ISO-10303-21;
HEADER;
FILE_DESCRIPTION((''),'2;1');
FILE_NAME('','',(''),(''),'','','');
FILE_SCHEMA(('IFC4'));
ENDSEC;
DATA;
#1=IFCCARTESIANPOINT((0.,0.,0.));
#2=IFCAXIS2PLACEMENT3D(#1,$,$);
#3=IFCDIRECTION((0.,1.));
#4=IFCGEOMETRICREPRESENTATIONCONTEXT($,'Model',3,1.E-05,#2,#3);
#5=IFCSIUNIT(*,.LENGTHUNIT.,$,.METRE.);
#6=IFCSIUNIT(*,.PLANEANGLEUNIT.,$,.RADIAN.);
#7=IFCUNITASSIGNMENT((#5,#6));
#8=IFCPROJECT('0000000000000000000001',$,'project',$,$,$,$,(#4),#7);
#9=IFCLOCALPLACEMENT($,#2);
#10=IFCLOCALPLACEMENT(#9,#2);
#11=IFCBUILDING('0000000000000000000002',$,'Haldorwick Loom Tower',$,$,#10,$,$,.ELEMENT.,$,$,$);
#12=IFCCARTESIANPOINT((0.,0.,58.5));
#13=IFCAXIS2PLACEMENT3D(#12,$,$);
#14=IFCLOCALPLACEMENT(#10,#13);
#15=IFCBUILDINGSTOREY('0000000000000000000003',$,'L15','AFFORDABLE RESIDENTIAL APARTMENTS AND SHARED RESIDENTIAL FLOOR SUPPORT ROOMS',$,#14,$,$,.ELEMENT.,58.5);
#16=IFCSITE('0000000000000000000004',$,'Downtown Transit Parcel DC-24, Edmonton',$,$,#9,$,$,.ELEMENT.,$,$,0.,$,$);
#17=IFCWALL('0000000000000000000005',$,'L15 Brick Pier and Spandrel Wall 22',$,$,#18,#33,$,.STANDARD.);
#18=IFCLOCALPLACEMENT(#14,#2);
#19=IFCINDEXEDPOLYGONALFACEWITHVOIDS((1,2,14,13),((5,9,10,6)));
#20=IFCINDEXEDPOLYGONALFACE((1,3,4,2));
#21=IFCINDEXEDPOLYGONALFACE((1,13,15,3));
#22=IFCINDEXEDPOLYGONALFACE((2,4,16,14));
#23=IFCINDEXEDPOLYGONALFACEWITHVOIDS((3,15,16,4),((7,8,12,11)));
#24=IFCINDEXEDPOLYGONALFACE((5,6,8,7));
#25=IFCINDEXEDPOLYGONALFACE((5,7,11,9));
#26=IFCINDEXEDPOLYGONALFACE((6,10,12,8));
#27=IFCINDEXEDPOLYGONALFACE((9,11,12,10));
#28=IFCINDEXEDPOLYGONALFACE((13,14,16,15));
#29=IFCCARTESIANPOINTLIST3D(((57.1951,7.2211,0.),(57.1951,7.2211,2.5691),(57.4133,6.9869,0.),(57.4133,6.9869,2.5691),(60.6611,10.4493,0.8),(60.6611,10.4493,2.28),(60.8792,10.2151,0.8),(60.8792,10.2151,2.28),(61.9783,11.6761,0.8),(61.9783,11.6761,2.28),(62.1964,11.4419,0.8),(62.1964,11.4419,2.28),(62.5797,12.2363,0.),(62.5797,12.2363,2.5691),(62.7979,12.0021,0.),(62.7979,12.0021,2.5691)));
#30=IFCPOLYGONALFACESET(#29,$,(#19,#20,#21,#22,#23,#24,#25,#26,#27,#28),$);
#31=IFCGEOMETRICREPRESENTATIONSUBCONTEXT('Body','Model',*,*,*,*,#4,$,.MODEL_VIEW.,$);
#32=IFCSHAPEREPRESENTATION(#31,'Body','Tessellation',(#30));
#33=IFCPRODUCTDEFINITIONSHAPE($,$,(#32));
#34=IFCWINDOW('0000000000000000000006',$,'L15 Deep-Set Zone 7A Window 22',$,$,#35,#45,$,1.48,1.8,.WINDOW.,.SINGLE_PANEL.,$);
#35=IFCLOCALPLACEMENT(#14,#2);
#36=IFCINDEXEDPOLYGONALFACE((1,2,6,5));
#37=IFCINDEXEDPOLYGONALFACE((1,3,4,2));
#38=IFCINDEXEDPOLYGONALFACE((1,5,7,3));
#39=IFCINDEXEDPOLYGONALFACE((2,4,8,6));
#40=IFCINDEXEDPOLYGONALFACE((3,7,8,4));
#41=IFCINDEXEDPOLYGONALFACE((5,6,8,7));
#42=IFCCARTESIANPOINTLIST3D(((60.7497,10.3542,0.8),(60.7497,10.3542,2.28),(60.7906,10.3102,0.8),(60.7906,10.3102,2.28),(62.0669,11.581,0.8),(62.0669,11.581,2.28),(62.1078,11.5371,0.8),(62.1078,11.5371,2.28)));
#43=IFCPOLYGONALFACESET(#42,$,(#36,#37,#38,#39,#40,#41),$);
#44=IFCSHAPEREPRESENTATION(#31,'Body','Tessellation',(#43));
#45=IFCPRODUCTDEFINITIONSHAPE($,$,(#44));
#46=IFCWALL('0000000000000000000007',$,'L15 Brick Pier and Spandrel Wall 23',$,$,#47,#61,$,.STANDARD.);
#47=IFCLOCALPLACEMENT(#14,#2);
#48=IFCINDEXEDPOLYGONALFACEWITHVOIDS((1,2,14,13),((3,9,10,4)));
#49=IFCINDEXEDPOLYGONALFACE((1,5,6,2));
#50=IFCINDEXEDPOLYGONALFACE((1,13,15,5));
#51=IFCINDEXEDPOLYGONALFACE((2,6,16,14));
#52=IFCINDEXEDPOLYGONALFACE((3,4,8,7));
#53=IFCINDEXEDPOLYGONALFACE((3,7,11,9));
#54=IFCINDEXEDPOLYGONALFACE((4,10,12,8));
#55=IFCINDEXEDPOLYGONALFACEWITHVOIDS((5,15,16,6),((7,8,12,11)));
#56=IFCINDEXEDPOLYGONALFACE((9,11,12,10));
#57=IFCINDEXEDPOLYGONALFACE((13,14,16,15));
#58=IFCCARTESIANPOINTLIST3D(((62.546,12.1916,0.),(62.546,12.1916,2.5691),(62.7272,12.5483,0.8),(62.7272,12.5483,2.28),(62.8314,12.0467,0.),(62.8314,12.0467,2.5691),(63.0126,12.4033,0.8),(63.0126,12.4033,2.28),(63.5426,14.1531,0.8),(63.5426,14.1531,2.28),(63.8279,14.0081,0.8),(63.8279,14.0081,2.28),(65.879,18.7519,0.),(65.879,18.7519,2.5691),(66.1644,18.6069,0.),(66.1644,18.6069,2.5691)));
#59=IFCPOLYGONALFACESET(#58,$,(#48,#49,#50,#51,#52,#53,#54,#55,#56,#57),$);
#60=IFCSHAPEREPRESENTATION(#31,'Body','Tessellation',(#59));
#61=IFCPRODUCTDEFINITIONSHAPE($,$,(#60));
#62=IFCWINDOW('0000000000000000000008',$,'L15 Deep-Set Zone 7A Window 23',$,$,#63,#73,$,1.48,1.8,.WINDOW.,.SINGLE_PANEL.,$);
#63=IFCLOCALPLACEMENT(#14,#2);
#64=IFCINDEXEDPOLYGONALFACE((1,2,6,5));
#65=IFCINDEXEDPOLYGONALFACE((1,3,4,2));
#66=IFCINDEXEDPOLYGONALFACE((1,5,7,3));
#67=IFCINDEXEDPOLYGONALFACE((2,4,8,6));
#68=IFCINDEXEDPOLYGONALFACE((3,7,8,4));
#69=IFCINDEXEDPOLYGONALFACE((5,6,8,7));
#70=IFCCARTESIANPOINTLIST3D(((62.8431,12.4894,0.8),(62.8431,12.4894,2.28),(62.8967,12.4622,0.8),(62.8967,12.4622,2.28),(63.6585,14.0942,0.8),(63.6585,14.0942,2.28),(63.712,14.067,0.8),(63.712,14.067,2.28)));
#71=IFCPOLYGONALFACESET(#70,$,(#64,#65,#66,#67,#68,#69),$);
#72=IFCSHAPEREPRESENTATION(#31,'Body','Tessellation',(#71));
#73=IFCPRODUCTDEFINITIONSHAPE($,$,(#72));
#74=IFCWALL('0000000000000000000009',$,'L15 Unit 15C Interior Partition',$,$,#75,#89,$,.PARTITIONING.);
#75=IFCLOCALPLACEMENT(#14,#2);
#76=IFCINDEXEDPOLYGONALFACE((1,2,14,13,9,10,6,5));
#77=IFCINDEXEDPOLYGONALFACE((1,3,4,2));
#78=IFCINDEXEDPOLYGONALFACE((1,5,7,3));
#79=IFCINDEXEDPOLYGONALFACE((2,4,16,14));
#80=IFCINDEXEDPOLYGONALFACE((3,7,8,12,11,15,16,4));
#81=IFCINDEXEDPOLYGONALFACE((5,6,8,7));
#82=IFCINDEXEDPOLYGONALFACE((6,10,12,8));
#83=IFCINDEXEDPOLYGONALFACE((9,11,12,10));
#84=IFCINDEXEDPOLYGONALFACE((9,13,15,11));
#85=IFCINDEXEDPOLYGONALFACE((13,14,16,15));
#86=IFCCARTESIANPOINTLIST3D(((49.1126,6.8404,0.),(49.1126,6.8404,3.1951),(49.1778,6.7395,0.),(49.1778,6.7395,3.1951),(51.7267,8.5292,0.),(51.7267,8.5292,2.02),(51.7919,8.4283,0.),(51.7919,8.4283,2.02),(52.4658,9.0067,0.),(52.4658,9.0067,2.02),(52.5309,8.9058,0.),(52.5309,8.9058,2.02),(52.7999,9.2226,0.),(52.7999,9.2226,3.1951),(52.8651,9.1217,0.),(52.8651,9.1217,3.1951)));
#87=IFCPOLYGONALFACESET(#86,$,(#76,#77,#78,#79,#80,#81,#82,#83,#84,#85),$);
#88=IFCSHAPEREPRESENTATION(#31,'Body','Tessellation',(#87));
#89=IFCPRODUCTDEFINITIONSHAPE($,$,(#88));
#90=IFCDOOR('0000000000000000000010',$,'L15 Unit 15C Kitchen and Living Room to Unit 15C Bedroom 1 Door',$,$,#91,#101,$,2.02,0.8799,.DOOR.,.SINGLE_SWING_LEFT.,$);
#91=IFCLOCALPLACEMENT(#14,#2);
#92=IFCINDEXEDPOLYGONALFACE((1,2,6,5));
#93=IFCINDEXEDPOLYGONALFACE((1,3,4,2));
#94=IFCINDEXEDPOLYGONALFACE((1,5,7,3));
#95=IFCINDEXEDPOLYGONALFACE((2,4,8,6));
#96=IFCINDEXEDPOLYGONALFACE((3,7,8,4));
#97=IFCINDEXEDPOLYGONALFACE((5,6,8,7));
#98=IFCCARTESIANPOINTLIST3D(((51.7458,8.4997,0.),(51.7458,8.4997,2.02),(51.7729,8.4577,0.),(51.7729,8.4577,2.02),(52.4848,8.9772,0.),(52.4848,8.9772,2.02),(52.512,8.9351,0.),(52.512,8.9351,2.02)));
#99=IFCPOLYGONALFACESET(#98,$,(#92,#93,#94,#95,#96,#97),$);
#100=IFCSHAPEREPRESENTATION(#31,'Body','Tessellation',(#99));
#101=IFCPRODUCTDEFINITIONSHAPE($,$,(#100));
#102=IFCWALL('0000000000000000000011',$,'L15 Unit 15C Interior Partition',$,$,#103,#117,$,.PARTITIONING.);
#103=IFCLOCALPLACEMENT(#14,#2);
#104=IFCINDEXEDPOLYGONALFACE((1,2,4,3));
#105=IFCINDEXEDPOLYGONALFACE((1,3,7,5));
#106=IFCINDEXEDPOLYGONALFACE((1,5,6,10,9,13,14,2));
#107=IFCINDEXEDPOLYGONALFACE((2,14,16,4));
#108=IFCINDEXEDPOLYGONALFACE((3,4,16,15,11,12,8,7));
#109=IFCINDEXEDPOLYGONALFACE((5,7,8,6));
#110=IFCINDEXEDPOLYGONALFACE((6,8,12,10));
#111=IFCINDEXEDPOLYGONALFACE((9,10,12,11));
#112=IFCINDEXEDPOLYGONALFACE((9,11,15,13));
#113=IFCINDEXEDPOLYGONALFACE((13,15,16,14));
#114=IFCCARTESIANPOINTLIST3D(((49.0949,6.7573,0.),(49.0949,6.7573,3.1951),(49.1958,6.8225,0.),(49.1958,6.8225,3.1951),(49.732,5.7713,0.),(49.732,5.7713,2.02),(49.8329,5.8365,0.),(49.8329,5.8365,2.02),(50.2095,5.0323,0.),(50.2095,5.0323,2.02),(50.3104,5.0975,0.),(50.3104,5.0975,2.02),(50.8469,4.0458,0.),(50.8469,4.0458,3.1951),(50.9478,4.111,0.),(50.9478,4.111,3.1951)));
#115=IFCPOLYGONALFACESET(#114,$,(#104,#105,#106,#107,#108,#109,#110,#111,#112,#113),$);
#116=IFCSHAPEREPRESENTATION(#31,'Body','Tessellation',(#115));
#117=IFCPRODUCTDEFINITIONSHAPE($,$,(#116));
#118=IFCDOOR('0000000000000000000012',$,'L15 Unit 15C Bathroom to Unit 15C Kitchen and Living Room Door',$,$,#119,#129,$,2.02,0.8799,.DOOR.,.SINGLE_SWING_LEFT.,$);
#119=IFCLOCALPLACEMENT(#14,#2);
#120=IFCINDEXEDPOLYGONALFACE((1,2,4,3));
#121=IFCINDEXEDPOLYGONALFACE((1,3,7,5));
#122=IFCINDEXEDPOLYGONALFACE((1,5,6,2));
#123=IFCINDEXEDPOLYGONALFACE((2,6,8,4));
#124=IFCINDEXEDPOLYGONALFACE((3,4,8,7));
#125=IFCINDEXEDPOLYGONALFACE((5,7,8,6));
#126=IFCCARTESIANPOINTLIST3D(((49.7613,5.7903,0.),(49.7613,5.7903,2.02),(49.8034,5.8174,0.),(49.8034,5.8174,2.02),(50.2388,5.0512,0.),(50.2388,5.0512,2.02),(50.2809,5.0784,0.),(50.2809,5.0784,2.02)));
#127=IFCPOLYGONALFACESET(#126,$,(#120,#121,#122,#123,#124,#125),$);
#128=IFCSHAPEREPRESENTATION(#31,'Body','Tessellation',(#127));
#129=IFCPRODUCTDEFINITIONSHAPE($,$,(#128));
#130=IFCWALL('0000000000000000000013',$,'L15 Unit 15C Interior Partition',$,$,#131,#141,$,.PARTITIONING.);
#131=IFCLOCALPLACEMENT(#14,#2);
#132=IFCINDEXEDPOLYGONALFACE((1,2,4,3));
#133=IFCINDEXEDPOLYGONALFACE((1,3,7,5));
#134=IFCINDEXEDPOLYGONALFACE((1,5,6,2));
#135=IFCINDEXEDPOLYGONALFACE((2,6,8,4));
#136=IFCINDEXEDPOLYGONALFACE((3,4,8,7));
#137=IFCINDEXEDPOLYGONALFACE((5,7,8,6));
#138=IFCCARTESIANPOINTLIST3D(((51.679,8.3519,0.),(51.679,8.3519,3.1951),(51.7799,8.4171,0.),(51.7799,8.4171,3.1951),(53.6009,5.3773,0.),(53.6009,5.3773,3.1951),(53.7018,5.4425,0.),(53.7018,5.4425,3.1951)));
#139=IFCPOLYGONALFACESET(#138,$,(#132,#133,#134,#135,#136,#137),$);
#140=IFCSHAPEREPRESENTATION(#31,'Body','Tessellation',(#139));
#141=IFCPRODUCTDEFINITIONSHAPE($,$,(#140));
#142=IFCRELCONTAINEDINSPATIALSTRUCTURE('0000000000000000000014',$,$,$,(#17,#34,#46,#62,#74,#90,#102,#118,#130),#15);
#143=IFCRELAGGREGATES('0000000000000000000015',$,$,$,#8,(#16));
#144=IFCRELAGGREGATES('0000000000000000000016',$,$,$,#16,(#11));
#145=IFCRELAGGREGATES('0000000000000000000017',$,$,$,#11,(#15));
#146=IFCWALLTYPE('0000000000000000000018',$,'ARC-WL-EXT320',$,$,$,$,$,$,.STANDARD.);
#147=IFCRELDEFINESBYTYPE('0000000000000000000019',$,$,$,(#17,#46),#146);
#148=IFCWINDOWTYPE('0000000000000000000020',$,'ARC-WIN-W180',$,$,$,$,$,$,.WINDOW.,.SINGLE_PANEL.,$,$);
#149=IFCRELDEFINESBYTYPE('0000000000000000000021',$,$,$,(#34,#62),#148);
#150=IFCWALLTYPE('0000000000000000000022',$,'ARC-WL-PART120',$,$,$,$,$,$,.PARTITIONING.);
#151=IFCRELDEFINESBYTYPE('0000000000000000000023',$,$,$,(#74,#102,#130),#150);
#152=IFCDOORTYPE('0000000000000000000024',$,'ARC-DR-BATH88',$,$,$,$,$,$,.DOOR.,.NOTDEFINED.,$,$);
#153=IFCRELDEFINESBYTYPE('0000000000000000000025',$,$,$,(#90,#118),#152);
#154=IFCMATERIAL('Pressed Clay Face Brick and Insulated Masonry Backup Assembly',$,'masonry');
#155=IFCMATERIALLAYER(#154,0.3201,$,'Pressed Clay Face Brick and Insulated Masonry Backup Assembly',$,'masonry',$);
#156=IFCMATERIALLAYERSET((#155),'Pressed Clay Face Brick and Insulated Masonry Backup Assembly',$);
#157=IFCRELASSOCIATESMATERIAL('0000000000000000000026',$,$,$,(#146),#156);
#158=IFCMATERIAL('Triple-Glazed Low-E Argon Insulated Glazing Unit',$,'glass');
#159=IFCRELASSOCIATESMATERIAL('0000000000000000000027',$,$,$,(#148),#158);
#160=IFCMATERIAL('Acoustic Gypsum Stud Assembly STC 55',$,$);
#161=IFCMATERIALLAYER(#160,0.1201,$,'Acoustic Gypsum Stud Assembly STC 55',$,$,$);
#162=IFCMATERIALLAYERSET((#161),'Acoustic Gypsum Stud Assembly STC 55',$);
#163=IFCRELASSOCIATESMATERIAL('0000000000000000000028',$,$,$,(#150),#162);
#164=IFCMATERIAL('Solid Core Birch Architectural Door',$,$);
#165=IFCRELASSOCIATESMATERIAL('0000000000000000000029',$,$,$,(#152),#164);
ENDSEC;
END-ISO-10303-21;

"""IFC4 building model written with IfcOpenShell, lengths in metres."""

from ifc_helpers import new_model, si_unit, direction, frame, frame_2d, origin, place, context, subcontext, project, spatial, rectangle, extrude, material, layer, layer_set, type_object, element, fill, save


model = new_model("IFC4")

# Units and contexts
model_context = context("Model", 3, precision=1e-05, world=origin(), true_north=direction((0.0, 1.0)))
body_context = subcontext(model_context, "Body", "Model", "MODEL_VIEW")
ifc_project = project(units=[si_unit("LENGTHUNIT", "METRE"), si_unit("PLANEANGLEUNIT", "RADIAN")], contexts=[model_context])

# Site, building, storey
site_placement = place(None, origin())
site = spatial("IfcSite", under=ifc_project, at=site_placement, Name="Downtown Transit Parcel DC-24, Edmonton", CompositionType="ELEMENT", RefElevation=0.0)
building_placement = place(site_placement, origin())
building = spatial("IfcBuilding", under=site, at=building_placement, Name="Haldorwick Loom Tower", CompositionType="ELEMENT")
storey_placement = place(building_placement, frame((0.0, 0.0, 58.5)))
storey = spatial("IfcBuildingStorey", under=building, at=storey_placement, Name="L15", Description="AFFORDABLE RESIDENTIAL APARTMENTS AND SHARED RESIDENTIAL FLOOR SUPPORT ROOMS", CompositionType="ELEMENT", Elevation=58.5)

# Shared definitions
ifc_material_1 = material(Name="Pressed Clay Face Brick and Insulated Masonry Backup Assembly", Category="masonry")
ifc_layer_1 = layer(ifc_material_1, 0.3201, Name="Pressed Clay Face Brick and Insulated Masonry Backup Assembly", Category="masonry")
ifc_layer_set_1 = layer_set([ifc_layer_1], Name="Pressed Clay Face Brick and Insulated Masonry Backup Assembly")
wall_type_1 = type_object("IfcWallType", Name="ARC-WL-EXT320", PredefinedType="STANDARD", material=ifc_layer_set_1)

# Walls, openings, windows
wall_1_placement = place(storey_placement, frame((57.3042, 7.104, 0.0), z_axis=(0.0, 0.0, 1.0), x_axis=(0.731761, 0.681561, 0.0)))
wall_1 = element("IfcWall", 1, at=wall_1_placement, inside=storey, type_object=wall_type_1, Name="L15 Brick Pier and Spandrel Wall 22", PredefinedType="STANDARD", context=body_context, shape_type="SweptSolid", body=[
    extrude(rectangle(XDim=7.3584, YDim=0.3201, at=frame_2d((3.6792, 0.0))), origin(), (0.0, 0.0, 1.0), 2.5691),
])
opening_1_placement = place(wall_1_placement, frame((4.7366, 0.0, 0.8)))
opening_1 = element("IfcOpeningElement", 2, at=opening_1_placement, cuts=wall_1, PredefinedType="OPENING", context=body_context, shape_type="SweptSolid", body=[
    extrude(rectangle(XDim=1.8, YDim=1.48, at=frame_2d((0.8999, 0.74))), frame((0.0, 0.1699, 0.0), z_axis=(0.0, -1.0, 0.0), x_axis=(1.0, 0.0, 0.0)), (0.0, 0.0, 1.0), 0.3401),
])
ifc_material_2 = material(Name="Triple-Glazed Low-E Argon Insulated Glazing Unit", Category="glass")
window_type = type_object("IfcWindowType", Name="ARC-WIN-W180", PartitioningType="SINGLE_PANEL", PredefinedType="WINDOW", material=ifc_material_2)
window_1_placement = place(opening_1_placement, origin())
window_1 = element("IfcWindow", 3, at=window_1_placement, inside=storey, type_object=window_type, Name="L15 Deep-Set Zone 7A Window 22", OverallHeight=1.48, OverallWidth=1.8, PartitioningType="SINGLE_PANEL", PredefinedType="WINDOW", context=body_context, shape_type="SweptSolid", body=[
    extrude(rectangle(XDim=1.8, YDim=1.48, at=frame_2d((0.8999, 0.74))), frame((0.0, 0.03, 0.0), z_axis=(0.0, -1.0, 0.0), x_axis=(1.0, 0.0, 0.0)), (0.0, 0.0, 1.0), 0.0601),
])
fill(opening_1, window_1)
wall_2_placement = place(storey_placement, frame((62.6887, 12.1191, 0.0), z_axis=(0.0, 0.0, 1.0), x_axis=(0.452951, 0.891535, 0.0)))
wall_2 = element("IfcWall", 4, at=wall_2_placement, inside=storey, type_object=wall_type_1, Name="L15 Brick Pier and Spandrel Wall 23", PredefinedType="STANDARD", context=body_context, shape_type="SweptSolid", body=[
    extrude(rectangle(XDim=7.3584, YDim=0.3201, at=frame_2d((3.6792, 0.0))), origin(), (0.0, 0.0, 1.0), 2.5691),
])
opening_2_placement = place(wall_2_placement, frame((0.4001, 0.0, 0.8)))
opening_2 = element("IfcOpeningElement", 5, at=opening_2_placement, cuts=wall_2, PredefinedType="OPENING", context=body_context, shape_type="SweptSolid", body=[
    extrude(rectangle(XDim=1.8, YDim=1.48, at=frame_2d((0.8999, 0.74))), frame((0.0, 0.1699, 0.0), z_axis=(0.0, -1.0, 0.0), x_axis=(1.0, 0.0, 0.0)), (0.0, 0.0, 1.0), 0.3401),
])
window_2_placement = place(opening_2_placement, origin())
window_2 = element("IfcWindow", 6, at=window_2_placement, inside=storey, type_object=window_type, Name="L15 Deep-Set Zone 7A Window 23", OverallHeight=1.48, OverallWidth=1.8, PartitioningType="SINGLE_PANEL", PredefinedType="WINDOW", context=body_context, shape_type="SweptSolid", body=[
    extrude(rectangle(XDim=1.8, YDim=1.48, at=frame_2d((0.8999, 0.74))), frame((0.0, 0.03, 0.0), z_axis=(0.0, -1.0, 0.0), x_axis=(1.0, 0.0, 0.0)), (0.0, 0.0, 1.0), 0.0601),
])
fill(opening_2, window_2)

# Walls, openings, doors
ifc_material_3 = material(Name="Acoustic Gypsum Stud Assembly STC 55")
ifc_layer_2 = layer(ifc_material_3, 0.1201, Name="Acoustic Gypsum Stud Assembly STC 55")
ifc_layer_set_2 = layer_set([ifc_layer_2], Name="Acoustic Gypsum Stud Assembly STC 55")
wall_type_2 = type_object("IfcWallType", Name="ARC-WL-PART120", PredefinedType="PARTITIONING", material=ifc_layer_set_2)
wall_3_placement = place(storey_placement, frame((49.1453, 6.79, 0.0), z_axis=(0.0, 0.0, 1.0), x_axis=(0.839964, 0.542642, 0.0)))
wall_3 = element("IfcWall", 7, at=wall_3_placement, inside=storey, type_object=wall_type_2, Name="L15 Unit 15C Interior Partition", PredefinedType="PARTITIONING", context=body_context, shape_type="SweptSolid", body=[
    extrude(rectangle(XDim=4.3899, YDim=0.1201, at=frame_2d((2.1948, 0.0))), origin(), (0.0, 0.0, 1.0), 3.1951),
])
opening_3_placement = place(wall_3_placement, frame((3.1121, 0.0, 0.0)))
opening_3 = element("IfcOpeningElement", 8, at=opening_3_placement, cuts=wall_3, PredefinedType="OPENING", context=body_context, shape_type="SweptSolid", body=[
    extrude(rectangle(XDim=0.8799, YDim=2.02, at=frame_2d((0.4399, 1.01))), frame((0.0, 0.0701, 0.0), z_axis=(0.0, -1.0, 0.0), x_axis=(1.0, 0.0, 0.0)), (0.0, 0.0, 1.0), 0.1401),
])
ifc_material_4 = material(Name="Solid Core Birch Architectural Door")
door_type_1 = type_object("IfcDoorType", Name="ARC-DR-BATH88", OperationType="NOTDEFINED", PredefinedType="DOOR", material=ifc_material_4)
door_1_placement = place(opening_3_placement, origin())
door_1 = element("IfcDoor", 9, at=door_1_placement, inside=storey, type_object=door_type_1, Name="L15 Unit 15C Kitchen and Living Room to Unit 15C Bedroom 1 Door", OperationType="SINGLE_SWING_LEFT", OverallHeight=2.02, OverallWidth=0.8799, PredefinedType="DOOR", context=body_context, shape_type="SweptSolid", body=[
    extrude(rectangle(XDim=0.8799, YDim=2.02, at=frame_2d((0.4399, 1.01))), frame((0.0, 0.0249, 0.0), z_axis=(0.0, -1.0, 0.0), x_axis=(1.0, 0.0, 0.0)), (0.0, 0.0, 1.0), 0.05),
])
fill(opening_3, door_1)
wall_4_placement = place(storey_placement, frame((49.1453, 6.79, 0.0), z_axis=(0.0, 0.0, 1.0), x_axis=(0.542706, -0.839923, 0.0)))
wall_4 = element("IfcWall", 10, at=wall_4_placement, inside=storey, type_object=wall_type_2, Name="L15 Unit 15C Interior Partition", PredefinedType="PARTITIONING", context=body_context, shape_type="SweptSolid", body=[
    extrude(rectangle(XDim=3.2283, YDim=0.1201, at=frame_2d((1.6143, 0.0))), origin(), (0.0, 0.0, 1.0), 3.1951),
])
opening_4_placement = place(wall_4_placement, frame((1.1741, 0.0, 0.0)))
opening_4 = element("IfcOpeningElement", 11, at=opening_4_placement, cuts=wall_4, PredefinedType="OPENING", context=body_context, shape_type="SweptSolid", body=[
    extrude(rectangle(XDim=0.8799, YDim=2.02, at=frame_2d((0.4399, 1.01))), frame((0.0, 0.0701, 0.0), z_axis=(0.0, -1.0, 0.0), x_axis=(1.0, 0.0, 0.0)), (0.0, 0.0, 1.0), 0.1401),
])
door_2_placement = place(opening_4_placement, origin())
door_2 = element("IfcDoor", 12, at=door_2_placement, inside=storey, type_object=door_type_1, Name="L15 Unit 15C Bathroom to Unit 15C Kitchen and Living Room Door", OperationType="SINGLE_SWING_LEFT", OverallHeight=2.02, OverallWidth=0.8799, PredefinedType="DOOR", context=body_context, shape_type="SweptSolid", body=[
    extrude(rectangle(XDim=0.8799, YDim=2.02, at=frame_2d((0.4399, 1.01))), frame((0.0, 0.0249, 0.0), z_axis=(0.0, -1.0, 0.0), x_axis=(1.0, 0.0, 0.0)), (0.0, 0.0, 1.0), 0.05),
])
fill(opening_4, door_2)

# Wall
wall_5_placement = place(storey_placement, frame((51.7295, 8.3845, 0.0), z_axis=(0.0, 0.0, 1.0), x_axis=(0.542679, -0.83994, 0.0)))
element("IfcWall", 13, at=wall_5_placement, inside=storey, type_object=wall_type_2, Name="L15 Unit 15C Interior Partition", PredefinedType="PARTITIONING", context=body_context, shape_type="SweptSolid", body=[
    extrude(rectangle(XDim=3.5415, YDim=0.1201, at=frame_2d((1.7708, 0.0))), origin(), (0.0, 0.0, 1.0), 3.1951),
])

save(model, "model.ifc")
